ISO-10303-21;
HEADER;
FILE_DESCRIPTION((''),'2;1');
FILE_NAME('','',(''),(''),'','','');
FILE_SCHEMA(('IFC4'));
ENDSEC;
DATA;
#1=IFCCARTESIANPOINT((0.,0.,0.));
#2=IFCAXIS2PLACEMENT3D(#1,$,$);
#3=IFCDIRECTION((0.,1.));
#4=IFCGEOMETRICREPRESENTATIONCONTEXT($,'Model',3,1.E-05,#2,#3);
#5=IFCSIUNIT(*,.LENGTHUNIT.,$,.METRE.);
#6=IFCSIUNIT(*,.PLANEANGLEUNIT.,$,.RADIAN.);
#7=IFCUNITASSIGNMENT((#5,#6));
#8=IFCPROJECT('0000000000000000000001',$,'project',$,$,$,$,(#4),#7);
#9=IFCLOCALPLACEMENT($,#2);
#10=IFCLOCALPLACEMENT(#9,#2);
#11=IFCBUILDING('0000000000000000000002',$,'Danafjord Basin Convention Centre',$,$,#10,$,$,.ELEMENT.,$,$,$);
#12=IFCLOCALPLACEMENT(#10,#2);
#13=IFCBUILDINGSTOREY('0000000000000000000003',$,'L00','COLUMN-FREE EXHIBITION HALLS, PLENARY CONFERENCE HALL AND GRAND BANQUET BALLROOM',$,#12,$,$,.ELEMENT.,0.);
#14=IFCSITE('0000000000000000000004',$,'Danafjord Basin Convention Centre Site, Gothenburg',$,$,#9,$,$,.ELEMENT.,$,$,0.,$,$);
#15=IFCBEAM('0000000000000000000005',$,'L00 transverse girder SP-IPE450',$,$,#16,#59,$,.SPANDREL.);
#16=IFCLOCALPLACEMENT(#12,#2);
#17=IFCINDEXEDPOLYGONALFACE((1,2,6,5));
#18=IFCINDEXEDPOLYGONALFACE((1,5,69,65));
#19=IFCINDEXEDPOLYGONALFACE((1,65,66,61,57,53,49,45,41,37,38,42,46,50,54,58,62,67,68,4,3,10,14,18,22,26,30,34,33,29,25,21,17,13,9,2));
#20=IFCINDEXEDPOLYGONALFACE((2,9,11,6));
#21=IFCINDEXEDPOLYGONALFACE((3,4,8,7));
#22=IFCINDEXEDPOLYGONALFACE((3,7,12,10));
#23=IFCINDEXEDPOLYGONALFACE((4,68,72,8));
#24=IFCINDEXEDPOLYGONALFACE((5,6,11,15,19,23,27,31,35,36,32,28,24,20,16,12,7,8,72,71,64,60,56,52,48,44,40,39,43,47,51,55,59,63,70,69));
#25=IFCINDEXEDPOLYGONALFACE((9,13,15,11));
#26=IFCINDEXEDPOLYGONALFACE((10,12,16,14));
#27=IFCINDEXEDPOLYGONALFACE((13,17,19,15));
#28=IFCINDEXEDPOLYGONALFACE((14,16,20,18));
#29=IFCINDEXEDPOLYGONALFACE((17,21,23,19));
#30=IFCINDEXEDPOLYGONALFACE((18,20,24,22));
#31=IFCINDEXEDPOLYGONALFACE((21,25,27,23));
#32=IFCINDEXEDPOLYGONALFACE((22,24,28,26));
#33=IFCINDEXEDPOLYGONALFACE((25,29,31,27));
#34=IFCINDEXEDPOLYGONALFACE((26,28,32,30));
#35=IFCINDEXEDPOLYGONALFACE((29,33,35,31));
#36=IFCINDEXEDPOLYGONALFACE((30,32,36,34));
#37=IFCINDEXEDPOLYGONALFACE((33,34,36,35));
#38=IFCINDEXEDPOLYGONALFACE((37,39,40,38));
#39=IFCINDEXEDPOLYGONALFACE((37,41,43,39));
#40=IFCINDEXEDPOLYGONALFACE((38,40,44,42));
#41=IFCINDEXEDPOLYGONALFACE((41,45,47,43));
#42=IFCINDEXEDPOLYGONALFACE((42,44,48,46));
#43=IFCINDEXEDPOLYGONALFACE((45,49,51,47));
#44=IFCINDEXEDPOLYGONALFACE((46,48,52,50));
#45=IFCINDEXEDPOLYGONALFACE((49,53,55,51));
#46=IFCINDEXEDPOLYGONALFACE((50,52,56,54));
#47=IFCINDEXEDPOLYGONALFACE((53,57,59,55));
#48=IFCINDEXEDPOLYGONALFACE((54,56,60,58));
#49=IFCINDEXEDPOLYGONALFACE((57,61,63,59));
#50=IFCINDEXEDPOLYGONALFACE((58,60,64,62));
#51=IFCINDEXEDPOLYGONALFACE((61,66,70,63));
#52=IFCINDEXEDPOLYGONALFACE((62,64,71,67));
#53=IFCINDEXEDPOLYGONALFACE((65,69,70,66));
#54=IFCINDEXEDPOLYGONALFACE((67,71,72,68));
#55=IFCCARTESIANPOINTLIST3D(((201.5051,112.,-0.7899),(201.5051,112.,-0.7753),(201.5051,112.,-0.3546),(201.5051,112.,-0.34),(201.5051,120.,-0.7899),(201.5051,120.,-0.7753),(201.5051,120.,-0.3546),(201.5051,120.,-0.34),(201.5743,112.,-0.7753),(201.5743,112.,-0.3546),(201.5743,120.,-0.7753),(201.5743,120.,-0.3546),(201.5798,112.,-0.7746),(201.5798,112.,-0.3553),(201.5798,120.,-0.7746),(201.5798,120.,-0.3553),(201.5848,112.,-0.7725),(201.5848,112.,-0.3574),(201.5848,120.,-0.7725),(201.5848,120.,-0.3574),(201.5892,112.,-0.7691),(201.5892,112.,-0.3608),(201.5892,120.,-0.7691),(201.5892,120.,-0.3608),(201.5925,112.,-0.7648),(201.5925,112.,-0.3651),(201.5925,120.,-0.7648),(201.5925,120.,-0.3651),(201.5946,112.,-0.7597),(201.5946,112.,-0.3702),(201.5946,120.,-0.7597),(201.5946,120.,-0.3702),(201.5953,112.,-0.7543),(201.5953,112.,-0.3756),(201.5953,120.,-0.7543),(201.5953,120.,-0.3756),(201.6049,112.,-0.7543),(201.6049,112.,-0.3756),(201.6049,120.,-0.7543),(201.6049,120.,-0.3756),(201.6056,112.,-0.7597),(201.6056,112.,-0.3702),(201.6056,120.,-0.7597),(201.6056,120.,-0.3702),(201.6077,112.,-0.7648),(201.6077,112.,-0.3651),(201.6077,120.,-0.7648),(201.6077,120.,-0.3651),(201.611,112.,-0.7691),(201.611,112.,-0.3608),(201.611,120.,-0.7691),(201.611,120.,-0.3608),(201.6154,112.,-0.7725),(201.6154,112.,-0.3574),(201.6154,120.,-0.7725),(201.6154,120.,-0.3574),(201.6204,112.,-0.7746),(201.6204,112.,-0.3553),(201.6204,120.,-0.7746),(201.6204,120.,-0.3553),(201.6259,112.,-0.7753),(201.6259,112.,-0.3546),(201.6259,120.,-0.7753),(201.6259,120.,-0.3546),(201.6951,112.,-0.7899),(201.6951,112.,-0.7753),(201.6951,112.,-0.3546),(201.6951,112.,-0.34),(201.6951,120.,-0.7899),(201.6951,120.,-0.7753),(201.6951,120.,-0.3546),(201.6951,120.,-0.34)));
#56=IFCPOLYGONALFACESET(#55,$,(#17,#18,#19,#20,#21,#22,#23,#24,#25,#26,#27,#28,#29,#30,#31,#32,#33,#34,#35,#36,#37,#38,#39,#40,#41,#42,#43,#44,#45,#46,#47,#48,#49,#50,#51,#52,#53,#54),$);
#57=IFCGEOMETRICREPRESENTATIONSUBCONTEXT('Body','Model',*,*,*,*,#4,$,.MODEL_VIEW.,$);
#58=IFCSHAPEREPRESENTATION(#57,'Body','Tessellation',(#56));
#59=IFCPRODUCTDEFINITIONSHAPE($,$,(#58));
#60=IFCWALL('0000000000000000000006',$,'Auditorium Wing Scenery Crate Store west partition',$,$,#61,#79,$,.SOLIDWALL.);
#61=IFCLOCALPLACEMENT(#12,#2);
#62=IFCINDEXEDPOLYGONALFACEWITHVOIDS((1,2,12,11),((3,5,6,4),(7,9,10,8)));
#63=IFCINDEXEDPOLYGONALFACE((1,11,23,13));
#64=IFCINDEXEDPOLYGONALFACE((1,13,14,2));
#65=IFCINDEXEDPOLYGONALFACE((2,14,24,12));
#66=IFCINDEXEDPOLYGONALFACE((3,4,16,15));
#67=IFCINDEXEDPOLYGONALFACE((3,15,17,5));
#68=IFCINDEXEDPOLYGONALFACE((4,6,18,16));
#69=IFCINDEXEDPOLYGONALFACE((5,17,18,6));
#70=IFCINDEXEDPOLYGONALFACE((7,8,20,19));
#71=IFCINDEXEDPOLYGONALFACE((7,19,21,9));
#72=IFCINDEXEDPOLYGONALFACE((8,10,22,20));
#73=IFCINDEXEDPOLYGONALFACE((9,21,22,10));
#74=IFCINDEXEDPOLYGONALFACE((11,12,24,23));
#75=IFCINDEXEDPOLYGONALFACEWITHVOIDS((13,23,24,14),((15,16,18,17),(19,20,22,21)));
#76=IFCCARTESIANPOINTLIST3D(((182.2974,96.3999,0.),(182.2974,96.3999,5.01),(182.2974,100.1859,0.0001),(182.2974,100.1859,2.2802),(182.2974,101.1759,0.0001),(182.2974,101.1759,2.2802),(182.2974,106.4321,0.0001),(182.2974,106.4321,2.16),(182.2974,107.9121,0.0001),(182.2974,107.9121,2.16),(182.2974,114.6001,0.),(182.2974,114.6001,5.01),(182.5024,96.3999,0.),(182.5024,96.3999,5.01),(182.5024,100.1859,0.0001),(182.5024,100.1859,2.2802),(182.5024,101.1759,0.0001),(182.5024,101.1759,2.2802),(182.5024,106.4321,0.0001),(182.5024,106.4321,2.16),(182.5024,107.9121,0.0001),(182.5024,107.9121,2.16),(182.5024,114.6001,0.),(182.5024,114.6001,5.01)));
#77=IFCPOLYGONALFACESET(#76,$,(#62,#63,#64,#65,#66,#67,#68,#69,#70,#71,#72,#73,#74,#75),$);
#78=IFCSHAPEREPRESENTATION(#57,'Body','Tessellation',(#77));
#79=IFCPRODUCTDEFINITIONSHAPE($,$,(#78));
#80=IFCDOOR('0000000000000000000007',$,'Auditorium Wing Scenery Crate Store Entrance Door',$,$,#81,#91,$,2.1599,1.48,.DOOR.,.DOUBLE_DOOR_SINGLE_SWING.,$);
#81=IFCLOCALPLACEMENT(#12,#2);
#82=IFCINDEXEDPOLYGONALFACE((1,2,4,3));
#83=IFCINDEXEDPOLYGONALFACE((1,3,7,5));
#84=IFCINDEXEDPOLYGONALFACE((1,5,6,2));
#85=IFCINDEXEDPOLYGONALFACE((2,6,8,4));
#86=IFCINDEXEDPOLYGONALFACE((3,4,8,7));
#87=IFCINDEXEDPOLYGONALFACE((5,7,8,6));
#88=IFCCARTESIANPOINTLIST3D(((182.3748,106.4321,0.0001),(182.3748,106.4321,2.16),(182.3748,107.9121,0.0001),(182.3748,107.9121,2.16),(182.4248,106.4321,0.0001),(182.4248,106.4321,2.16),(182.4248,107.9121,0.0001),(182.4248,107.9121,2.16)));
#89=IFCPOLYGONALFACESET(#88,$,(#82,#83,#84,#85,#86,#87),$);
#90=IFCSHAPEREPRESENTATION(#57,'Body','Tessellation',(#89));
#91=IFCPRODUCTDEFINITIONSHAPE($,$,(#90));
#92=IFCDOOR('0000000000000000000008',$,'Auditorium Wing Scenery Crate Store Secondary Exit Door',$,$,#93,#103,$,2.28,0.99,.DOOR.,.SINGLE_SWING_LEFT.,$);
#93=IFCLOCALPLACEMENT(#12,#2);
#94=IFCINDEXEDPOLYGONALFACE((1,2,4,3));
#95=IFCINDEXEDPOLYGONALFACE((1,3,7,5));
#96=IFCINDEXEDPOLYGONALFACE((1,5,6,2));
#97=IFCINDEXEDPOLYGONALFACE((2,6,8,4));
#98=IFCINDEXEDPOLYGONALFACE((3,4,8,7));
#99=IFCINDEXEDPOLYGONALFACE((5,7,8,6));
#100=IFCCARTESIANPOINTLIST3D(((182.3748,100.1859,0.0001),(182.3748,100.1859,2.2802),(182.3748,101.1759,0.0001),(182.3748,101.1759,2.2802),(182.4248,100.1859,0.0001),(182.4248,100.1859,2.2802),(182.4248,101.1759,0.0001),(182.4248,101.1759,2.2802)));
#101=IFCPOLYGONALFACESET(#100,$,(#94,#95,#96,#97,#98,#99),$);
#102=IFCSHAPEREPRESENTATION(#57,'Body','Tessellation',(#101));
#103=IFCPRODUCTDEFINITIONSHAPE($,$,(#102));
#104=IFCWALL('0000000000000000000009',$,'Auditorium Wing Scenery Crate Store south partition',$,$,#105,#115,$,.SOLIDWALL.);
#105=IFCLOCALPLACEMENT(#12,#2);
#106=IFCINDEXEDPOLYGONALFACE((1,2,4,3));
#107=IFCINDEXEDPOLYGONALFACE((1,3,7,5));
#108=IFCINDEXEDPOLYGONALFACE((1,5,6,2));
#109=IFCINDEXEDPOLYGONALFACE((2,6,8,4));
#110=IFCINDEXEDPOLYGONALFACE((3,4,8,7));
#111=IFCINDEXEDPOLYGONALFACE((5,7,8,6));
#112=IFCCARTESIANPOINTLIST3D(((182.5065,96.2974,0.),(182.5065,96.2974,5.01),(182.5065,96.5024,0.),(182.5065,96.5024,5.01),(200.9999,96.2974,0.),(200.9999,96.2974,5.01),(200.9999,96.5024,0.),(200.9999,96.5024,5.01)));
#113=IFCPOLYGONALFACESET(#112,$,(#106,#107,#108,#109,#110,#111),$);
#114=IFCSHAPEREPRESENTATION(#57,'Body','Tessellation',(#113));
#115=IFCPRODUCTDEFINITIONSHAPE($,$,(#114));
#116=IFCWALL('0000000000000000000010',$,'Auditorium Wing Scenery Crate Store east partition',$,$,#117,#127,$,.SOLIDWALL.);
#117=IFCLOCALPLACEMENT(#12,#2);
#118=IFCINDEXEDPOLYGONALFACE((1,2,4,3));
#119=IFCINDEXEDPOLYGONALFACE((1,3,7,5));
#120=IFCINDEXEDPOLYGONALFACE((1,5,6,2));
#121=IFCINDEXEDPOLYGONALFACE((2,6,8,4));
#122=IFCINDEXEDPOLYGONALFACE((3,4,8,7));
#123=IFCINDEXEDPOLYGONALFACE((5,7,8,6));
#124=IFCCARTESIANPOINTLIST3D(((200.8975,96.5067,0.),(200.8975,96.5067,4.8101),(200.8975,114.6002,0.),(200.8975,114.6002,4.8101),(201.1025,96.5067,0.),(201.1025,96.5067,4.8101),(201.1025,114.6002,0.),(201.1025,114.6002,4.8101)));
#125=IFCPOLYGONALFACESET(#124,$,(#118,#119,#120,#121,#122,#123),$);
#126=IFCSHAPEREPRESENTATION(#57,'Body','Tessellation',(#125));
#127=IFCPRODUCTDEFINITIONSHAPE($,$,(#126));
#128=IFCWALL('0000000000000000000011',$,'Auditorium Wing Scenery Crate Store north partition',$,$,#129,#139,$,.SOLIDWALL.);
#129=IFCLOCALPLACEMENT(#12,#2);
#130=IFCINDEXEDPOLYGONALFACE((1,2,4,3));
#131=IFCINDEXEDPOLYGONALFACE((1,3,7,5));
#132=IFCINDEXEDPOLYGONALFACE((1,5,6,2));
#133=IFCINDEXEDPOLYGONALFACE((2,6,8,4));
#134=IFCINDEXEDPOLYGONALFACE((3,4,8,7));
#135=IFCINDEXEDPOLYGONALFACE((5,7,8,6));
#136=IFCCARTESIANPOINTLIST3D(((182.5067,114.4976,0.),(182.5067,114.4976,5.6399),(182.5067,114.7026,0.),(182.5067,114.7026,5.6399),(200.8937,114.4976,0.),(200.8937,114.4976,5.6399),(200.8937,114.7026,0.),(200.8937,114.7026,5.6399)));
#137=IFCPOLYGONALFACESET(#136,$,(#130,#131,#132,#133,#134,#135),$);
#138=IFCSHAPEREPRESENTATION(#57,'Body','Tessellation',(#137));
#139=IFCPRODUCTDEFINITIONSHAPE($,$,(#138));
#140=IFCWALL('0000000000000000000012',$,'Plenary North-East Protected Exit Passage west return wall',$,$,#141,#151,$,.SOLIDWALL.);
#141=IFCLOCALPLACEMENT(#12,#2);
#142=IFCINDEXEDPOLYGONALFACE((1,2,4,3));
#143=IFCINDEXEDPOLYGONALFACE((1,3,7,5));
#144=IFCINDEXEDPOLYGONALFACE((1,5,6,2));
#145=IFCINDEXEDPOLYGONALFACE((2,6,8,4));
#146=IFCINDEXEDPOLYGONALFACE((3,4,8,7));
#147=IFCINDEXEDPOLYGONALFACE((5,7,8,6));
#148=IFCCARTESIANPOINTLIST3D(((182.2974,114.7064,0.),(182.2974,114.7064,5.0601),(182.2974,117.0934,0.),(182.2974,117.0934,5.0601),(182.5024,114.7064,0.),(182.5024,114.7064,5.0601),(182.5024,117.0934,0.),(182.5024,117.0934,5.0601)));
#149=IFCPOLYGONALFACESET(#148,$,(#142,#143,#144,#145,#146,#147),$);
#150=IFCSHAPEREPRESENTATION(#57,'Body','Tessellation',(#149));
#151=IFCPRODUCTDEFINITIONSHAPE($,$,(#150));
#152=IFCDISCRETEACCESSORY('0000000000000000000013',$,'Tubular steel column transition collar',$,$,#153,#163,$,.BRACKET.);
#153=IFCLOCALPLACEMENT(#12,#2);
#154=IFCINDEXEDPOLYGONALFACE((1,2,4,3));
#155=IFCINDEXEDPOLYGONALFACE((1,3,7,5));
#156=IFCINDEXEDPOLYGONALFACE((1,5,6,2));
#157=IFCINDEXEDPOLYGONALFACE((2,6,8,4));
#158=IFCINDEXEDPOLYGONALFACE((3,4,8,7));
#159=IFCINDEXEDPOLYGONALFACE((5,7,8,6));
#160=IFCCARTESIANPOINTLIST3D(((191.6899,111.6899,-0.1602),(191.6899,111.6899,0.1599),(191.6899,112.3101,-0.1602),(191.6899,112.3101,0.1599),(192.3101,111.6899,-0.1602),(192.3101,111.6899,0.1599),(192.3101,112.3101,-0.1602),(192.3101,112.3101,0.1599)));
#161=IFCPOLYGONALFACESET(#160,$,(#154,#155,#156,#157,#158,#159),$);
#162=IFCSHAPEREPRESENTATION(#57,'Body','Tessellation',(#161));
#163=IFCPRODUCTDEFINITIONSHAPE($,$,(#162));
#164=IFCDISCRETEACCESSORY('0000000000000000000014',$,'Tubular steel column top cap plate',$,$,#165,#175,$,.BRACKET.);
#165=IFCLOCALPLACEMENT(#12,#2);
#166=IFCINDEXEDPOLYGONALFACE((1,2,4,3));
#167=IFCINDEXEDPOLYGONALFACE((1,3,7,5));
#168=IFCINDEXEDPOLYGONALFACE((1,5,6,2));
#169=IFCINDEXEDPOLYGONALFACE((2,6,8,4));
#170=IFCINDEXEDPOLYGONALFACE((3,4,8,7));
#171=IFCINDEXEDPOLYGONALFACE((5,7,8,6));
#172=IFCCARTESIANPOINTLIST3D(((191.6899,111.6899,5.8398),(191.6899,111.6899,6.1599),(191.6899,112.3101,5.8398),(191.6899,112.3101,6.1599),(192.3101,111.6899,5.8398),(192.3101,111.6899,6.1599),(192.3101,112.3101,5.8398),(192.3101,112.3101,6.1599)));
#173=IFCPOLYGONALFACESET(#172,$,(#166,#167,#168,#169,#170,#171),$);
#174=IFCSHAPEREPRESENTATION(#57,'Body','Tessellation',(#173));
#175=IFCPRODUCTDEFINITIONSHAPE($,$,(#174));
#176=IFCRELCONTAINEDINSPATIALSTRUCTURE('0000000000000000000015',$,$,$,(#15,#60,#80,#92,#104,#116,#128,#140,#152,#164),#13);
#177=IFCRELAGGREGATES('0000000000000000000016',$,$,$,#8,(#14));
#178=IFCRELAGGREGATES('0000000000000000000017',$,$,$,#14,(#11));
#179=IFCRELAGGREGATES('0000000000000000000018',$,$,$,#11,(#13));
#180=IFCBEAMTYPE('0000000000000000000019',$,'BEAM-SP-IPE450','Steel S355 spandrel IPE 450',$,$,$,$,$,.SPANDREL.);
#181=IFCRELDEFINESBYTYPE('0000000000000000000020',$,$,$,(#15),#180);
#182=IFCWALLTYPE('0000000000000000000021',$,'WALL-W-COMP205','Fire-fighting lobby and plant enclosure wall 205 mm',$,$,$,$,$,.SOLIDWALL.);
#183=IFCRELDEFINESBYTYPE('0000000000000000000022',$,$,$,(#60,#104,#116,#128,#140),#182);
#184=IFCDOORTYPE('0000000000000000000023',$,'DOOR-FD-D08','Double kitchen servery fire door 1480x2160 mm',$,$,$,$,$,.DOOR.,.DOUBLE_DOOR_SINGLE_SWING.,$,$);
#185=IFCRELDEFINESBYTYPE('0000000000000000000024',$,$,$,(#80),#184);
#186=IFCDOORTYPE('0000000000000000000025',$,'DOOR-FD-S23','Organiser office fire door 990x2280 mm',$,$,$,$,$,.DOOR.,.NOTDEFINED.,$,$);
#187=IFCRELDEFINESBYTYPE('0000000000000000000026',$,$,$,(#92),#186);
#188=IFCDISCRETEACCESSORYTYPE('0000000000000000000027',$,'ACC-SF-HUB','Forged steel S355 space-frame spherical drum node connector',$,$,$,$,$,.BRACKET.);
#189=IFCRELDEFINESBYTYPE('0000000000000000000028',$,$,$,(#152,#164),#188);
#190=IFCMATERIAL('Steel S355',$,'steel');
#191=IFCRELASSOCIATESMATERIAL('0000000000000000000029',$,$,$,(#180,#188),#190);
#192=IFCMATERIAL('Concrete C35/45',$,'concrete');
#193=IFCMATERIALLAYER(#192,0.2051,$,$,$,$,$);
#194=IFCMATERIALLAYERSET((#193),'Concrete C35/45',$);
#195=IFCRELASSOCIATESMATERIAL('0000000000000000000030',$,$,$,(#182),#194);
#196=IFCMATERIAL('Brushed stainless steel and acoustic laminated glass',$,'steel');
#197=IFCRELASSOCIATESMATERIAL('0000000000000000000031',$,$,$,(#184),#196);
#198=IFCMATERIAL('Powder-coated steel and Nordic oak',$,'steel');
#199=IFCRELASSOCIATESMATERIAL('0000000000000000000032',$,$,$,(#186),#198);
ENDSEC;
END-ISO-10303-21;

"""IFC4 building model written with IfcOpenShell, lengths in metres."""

from ifc_helpers import new_model, si_unit, direction, frame, frame_2d, origin, origin_2d, place, context, subcontext, project, spatial, rectangle, i_section, extrude, material, layer, layer_set, material_profile, profile_set, type_object, element, fill, save


model = new_model("IFC4")

# Units and contexts
model_context = context("Model", 3, precision=1e-05, world=origin(), true_north=direction((0.0, 1.0)))
body_context = subcontext(model_context, "Body", "Model", "MODEL_VIEW")
ifc_project = project(units=[si_unit("LENGTHUNIT", "METRE"), si_unit("PLANEANGLEUNIT", "RADIAN")], contexts=[model_context])

# Site, building, storey
site_placement = place(None, origin())
site = spatial("IfcSite", under=ifc_project, at=site_placement, Name="Danafjord Basin Convention Centre Site, Gothenburg", CompositionType="ELEMENT", RefElevation=0.0)
building_placement = place(site_placement, origin())
building = spatial("IfcBuilding", under=site, at=building_placement, Name="Danafjord Basin Convention Centre", CompositionType="ELEMENT")
storey_placement = place(building_placement, origin())
storey = spatial("IfcBuildingStorey", under=building, at=storey_placement, Name="L00", Description="COLUMN-FREE EXHIBITION HALLS, PLENARY CONFERENCE HALL AND GRAND BANQUET BALLROOM", CompositionType="ELEMENT", Elevation=0.0)

# Shared definitions
ifc_material_1 = material(Name="Steel S355", Category="steel")

# Beam
ifc_material_profile_1 = material_profile(ifc_material_1, i_section(OverallWidth=0.1899, OverallDepth=0.45, WebThickness=0.0095, FlangeThickness=0.0146, FilletRadius=0.021, at=origin_2d()), Name="IPE 450")
ifc_profile_set_1 = profile_set([ifc_material_profile_1], Name="Steel S355")
beam_type_1 = type_object("IfcBeamType", Name="BEAM-SP-IPE450", Description="Steel S355 spandrel IPE 450", PredefinedType="SPANDREL", material=ifc_profile_set_1)
for number, where, z_axis, x_axis, name in (
    (1, (201.6001, 112.0, -0.5649), (0.0, 1.0, 0.0), (-1.0, 0.0, 0.0), "L00 transverse girder SP-IPE450"),
):
    element("IfcBeam", number, at=place(storey_placement, frame(where, z_axis=z_axis, x_axis=x_axis)), inside=storey, type_object=beam_type_1, Name=name, PredefinedType="SPANDREL", context=body_context, shape_type="SweptSolid", body=[
        extrude(i_section(OverallWidth=0.1899, OverallDepth=0.45, WebThickness=0.0095, FlangeThickness=0.0146, FilletRadius=0.021, at=origin_2d()), origin(), (0.0, 0.0, 1.0), 8.0),
    ])

# Wall, openings, doors
ifc_material_2 = material(Name="Concrete C35/45", Category="concrete")
ifc_layer = layer(ifc_material_2, 0.2051)
ifc_layer_set = layer_set([ifc_layer], Name="Concrete C35/45")
wall_type = type_object("IfcWallType", Name="WALL-W-COMP205", Description="Fire-fighting lobby and plant enclosure wall 205 mm", PredefinedType="SOLIDWALL", material=ifc_layer_set)
wall_1_placement = place(storey_placement, frame((182.3999, 114.6001, 0.0), z_axis=(0.0, 0.0, 1.0), x_axis=(0.0, -1.0, 0.0)))
wall_1 = element("IfcWall", 2, at=wall_1_placement, inside=storey, type_object=wall_type, Name="Auditorium Wing Scenery Crate Store west partition", PredefinedType="SOLIDWALL", context=body_context, shape_type="SweptSolid", body=[
    extrude(rectangle(XDim=18.2002, YDim=0.2051, at=frame_2d((9.1001, 0.0))), origin(), (0.0, 0.0, 1.0), 5.01),
])
opening_1_placement = place(wall_1_placement, frame((6.688, 0.0, 0.0)))
opening_1 = element("IfcOpeningElement", 3, at=opening_1_placement, cuts=wall_1, PredefinedType="OPENING", context=body_context, shape_type="SweptSolid", body=[
    extrude(rectangle(XDim=1.48, YDim=2.1599, at=frame_2d((0.74, 1.0801))), frame((0.0, 0.1125, 0.0), z_axis=(0.0, -1.0, 0.0), x_axis=(1.0, 0.0, 0.0)), (0.0, 0.0, 1.0), 0.2251),
])
opening_2_placement = place(wall_1_placement, frame((13.4241, 0.0, 0.0)))
opening_2 = element("IfcOpeningElement", 4, at=opening_2_placement, cuts=wall_1, PredefinedType="OPENING", context=body_context, shape_type="SweptSolid", body=[
    extrude(rectangle(XDim=0.99, YDim=2.28, at=frame_2d((0.4951, 1.1401))), frame((0.0, 0.1125, 0.0), z_axis=(0.0, -1.0, 0.0), x_axis=(1.0, 0.0, 0.0)), (0.0, 0.0, 1.0), 0.2251),
])
ifc_material_3 = material(Name="Brushed stainless steel and acoustic laminated glass", Category="steel")
door_type_1 = type_object("IfcDoorType", Name="DOOR-FD-D08", Description="Double kitchen servery fire door 1480x2160 mm", OperationType="DOUBLE_DOOR_SINGLE_SWING", PredefinedType="DOOR", material=ifc_material_3)
door_1_placement = place(opening_1_placement, origin())
door_1 = element("IfcDoor", 5, at=door_1_placement, inside=storey, type_object=door_type_1, Name="Auditorium Wing Scenery Crate Store Entrance Door", OperationType="DOUBLE_DOOR_SINGLE_SWING", OverallHeight=2.1599, OverallWidth=1.48, PredefinedType="DOOR", context=body_context, shape_type="SweptSolid", body=[
    extrude(rectangle(XDim=1.48, YDim=2.1599, at=frame_2d((0.74, 1.0801))), frame((0.0, 0.0249, 0.0), z_axis=(0.0, -1.0, 0.0), x_axis=(1.0, 0.0, 0.0)), (0.0, 0.0, 1.0), 0.05),
])
fill(opening_1, door_1)
ifc_material_4 = material(Name="Powder-coated steel and Nordic oak", Category="steel")
door_type_2 = type_object("IfcDoorType", Name="DOOR-FD-S23", Description="Organiser office fire door 990x2280 mm", OperationType="NOTDEFINED", PredefinedType="DOOR", material=ifc_material_4)
door_2_placement = place(opening_2_placement, origin())
door_2 = element("IfcDoor", 6, at=door_2_placement, inside=storey, type_object=door_type_2, Name="Auditorium Wing Scenery Crate Store Secondary Exit Door", OperationType="SINGLE_SWING_LEFT", OverallHeight=2.28, OverallWidth=0.99, PredefinedType="DOOR", context=body_context, shape_type="SweptSolid", body=[
    extrude(rectangle(XDim=0.99, YDim=2.28, at=frame_2d((0.4951, 1.1401))), frame((0.0, 0.0249, 0.0), z_axis=(0.0, -1.0, 0.0), x_axis=(1.0, 0.0, 0.0)), (0.0, 0.0, 1.0), 0.05),
])
fill(opening_2, door_2)

# Walls
wall_2_placement = place(storey_placement, frame((182.5066, 96.3999, 0.0), z_axis=(0.0, 0.0, 1.0), x_axis=(1.0, 0.0, 0.0)))
element("IfcWall", 7, at=wall_2_placement, inside=storey, type_object=wall_type, Name="Auditorium Wing Scenery Crate Store south partition", PredefinedType="SOLIDWALL", context=body_context, shape_type="SweptSolid", body=[
    extrude(rectangle(XDim=18.4934, YDim=0.2051, at=frame_2d((9.2466, 0.0))), origin(), (0.0, 0.0, 1.0), 5.01),
])
wall_3_placement = place(storey_placement, frame((201.0, 96.5066, 0.0), z_axis=(0.0, 0.0, 1.0), x_axis=(0.0, 1.0, 0.0)))
element("IfcWall", 8, at=wall_3_placement, inside=storey, type_object=wall_type, Name="Auditorium Wing Scenery Crate Store east partition", PredefinedType="SOLIDWALL", context=body_context, shape_type="SweptSolid", body=[
    extrude(rectangle(XDim=18.0935, YDim=0.2051, at=frame_2d((9.0469, 0.0))), origin(), (0.0, 0.0, 1.0), 4.8101),
])
wall_4_placement = place(storey_placement, frame((200.8936, 114.6001, 0.0), z_axis=(0.0, 0.0, 1.0), x_axis=(-1.0, 0.0, 0.0)))
element("IfcWall", 9, at=wall_4_placement, inside=storey, type_object=wall_type, Name="Auditorium Wing Scenery Crate Store north partition", PredefinedType="SOLIDWALL", context=body_context, shape_type="SweptSolid", body=[
    extrude(rectangle(XDim=18.387, YDim=0.2051, at=frame_2d((9.1934, 0.0))), origin(), (0.0, 0.0, 1.0), 5.6399),
])
wall_5_placement = place(storey_placement, frame((182.3999, 114.7065, 0.0), z_axis=(0.0, 0.0, 1.0), x_axis=(0.0, 1.0, 0.0)))
element("IfcWall", 10, at=wall_5_placement, inside=storey, type_object=wall_type, Name="Plenary North-East Protected Exit Passage west return wall", PredefinedType="SOLIDWALL", context=body_context, shape_type="SweptSolid", body=[
    extrude(rectangle(XDim=2.387, YDim=0.2051, at=frame_2d((1.1934, 0.0))), origin(), (0.0, 0.0, 1.0), 5.0601),
])

# Discrete accessories
discrete_accessory_type = type_object("IfcDiscreteAccessoryType", Name="ACC-SF-HUB", Description="Forged steel S355 space-frame spherical drum node connector", PredefinedType="BRACKET", material=ifc_material_1)
for number, where, z_axis, x_axis, name in (
    (11, (192.0, 112.0, -0.1602), (0.0, 0.0, 1.0), (1.0, 0.0, 0.0), "Tubular steel column transition collar"),
    (12, (192.0, 112.0, 5.8398), (0.0, 0.0, 1.0), (1.0, 0.0, 0.0), "Tubular steel column top cap plate"),
):
    element("IfcDiscreteAccessory", number, at=place(storey_placement, frame(where, z_axis=z_axis, x_axis=x_axis)), inside=storey, type_object=discrete_accessory_type, Name=name, PredefinedType="BRACKET", context=body_context, shape_type="SweptSolid", body=[
        extrude(rectangle(XDim=0.6201, YDim=0.6201, at=origin_2d()), origin(), (0.0, 0.0, 1.0), 0.3201),
    ])

save(model, "model.ifc")
